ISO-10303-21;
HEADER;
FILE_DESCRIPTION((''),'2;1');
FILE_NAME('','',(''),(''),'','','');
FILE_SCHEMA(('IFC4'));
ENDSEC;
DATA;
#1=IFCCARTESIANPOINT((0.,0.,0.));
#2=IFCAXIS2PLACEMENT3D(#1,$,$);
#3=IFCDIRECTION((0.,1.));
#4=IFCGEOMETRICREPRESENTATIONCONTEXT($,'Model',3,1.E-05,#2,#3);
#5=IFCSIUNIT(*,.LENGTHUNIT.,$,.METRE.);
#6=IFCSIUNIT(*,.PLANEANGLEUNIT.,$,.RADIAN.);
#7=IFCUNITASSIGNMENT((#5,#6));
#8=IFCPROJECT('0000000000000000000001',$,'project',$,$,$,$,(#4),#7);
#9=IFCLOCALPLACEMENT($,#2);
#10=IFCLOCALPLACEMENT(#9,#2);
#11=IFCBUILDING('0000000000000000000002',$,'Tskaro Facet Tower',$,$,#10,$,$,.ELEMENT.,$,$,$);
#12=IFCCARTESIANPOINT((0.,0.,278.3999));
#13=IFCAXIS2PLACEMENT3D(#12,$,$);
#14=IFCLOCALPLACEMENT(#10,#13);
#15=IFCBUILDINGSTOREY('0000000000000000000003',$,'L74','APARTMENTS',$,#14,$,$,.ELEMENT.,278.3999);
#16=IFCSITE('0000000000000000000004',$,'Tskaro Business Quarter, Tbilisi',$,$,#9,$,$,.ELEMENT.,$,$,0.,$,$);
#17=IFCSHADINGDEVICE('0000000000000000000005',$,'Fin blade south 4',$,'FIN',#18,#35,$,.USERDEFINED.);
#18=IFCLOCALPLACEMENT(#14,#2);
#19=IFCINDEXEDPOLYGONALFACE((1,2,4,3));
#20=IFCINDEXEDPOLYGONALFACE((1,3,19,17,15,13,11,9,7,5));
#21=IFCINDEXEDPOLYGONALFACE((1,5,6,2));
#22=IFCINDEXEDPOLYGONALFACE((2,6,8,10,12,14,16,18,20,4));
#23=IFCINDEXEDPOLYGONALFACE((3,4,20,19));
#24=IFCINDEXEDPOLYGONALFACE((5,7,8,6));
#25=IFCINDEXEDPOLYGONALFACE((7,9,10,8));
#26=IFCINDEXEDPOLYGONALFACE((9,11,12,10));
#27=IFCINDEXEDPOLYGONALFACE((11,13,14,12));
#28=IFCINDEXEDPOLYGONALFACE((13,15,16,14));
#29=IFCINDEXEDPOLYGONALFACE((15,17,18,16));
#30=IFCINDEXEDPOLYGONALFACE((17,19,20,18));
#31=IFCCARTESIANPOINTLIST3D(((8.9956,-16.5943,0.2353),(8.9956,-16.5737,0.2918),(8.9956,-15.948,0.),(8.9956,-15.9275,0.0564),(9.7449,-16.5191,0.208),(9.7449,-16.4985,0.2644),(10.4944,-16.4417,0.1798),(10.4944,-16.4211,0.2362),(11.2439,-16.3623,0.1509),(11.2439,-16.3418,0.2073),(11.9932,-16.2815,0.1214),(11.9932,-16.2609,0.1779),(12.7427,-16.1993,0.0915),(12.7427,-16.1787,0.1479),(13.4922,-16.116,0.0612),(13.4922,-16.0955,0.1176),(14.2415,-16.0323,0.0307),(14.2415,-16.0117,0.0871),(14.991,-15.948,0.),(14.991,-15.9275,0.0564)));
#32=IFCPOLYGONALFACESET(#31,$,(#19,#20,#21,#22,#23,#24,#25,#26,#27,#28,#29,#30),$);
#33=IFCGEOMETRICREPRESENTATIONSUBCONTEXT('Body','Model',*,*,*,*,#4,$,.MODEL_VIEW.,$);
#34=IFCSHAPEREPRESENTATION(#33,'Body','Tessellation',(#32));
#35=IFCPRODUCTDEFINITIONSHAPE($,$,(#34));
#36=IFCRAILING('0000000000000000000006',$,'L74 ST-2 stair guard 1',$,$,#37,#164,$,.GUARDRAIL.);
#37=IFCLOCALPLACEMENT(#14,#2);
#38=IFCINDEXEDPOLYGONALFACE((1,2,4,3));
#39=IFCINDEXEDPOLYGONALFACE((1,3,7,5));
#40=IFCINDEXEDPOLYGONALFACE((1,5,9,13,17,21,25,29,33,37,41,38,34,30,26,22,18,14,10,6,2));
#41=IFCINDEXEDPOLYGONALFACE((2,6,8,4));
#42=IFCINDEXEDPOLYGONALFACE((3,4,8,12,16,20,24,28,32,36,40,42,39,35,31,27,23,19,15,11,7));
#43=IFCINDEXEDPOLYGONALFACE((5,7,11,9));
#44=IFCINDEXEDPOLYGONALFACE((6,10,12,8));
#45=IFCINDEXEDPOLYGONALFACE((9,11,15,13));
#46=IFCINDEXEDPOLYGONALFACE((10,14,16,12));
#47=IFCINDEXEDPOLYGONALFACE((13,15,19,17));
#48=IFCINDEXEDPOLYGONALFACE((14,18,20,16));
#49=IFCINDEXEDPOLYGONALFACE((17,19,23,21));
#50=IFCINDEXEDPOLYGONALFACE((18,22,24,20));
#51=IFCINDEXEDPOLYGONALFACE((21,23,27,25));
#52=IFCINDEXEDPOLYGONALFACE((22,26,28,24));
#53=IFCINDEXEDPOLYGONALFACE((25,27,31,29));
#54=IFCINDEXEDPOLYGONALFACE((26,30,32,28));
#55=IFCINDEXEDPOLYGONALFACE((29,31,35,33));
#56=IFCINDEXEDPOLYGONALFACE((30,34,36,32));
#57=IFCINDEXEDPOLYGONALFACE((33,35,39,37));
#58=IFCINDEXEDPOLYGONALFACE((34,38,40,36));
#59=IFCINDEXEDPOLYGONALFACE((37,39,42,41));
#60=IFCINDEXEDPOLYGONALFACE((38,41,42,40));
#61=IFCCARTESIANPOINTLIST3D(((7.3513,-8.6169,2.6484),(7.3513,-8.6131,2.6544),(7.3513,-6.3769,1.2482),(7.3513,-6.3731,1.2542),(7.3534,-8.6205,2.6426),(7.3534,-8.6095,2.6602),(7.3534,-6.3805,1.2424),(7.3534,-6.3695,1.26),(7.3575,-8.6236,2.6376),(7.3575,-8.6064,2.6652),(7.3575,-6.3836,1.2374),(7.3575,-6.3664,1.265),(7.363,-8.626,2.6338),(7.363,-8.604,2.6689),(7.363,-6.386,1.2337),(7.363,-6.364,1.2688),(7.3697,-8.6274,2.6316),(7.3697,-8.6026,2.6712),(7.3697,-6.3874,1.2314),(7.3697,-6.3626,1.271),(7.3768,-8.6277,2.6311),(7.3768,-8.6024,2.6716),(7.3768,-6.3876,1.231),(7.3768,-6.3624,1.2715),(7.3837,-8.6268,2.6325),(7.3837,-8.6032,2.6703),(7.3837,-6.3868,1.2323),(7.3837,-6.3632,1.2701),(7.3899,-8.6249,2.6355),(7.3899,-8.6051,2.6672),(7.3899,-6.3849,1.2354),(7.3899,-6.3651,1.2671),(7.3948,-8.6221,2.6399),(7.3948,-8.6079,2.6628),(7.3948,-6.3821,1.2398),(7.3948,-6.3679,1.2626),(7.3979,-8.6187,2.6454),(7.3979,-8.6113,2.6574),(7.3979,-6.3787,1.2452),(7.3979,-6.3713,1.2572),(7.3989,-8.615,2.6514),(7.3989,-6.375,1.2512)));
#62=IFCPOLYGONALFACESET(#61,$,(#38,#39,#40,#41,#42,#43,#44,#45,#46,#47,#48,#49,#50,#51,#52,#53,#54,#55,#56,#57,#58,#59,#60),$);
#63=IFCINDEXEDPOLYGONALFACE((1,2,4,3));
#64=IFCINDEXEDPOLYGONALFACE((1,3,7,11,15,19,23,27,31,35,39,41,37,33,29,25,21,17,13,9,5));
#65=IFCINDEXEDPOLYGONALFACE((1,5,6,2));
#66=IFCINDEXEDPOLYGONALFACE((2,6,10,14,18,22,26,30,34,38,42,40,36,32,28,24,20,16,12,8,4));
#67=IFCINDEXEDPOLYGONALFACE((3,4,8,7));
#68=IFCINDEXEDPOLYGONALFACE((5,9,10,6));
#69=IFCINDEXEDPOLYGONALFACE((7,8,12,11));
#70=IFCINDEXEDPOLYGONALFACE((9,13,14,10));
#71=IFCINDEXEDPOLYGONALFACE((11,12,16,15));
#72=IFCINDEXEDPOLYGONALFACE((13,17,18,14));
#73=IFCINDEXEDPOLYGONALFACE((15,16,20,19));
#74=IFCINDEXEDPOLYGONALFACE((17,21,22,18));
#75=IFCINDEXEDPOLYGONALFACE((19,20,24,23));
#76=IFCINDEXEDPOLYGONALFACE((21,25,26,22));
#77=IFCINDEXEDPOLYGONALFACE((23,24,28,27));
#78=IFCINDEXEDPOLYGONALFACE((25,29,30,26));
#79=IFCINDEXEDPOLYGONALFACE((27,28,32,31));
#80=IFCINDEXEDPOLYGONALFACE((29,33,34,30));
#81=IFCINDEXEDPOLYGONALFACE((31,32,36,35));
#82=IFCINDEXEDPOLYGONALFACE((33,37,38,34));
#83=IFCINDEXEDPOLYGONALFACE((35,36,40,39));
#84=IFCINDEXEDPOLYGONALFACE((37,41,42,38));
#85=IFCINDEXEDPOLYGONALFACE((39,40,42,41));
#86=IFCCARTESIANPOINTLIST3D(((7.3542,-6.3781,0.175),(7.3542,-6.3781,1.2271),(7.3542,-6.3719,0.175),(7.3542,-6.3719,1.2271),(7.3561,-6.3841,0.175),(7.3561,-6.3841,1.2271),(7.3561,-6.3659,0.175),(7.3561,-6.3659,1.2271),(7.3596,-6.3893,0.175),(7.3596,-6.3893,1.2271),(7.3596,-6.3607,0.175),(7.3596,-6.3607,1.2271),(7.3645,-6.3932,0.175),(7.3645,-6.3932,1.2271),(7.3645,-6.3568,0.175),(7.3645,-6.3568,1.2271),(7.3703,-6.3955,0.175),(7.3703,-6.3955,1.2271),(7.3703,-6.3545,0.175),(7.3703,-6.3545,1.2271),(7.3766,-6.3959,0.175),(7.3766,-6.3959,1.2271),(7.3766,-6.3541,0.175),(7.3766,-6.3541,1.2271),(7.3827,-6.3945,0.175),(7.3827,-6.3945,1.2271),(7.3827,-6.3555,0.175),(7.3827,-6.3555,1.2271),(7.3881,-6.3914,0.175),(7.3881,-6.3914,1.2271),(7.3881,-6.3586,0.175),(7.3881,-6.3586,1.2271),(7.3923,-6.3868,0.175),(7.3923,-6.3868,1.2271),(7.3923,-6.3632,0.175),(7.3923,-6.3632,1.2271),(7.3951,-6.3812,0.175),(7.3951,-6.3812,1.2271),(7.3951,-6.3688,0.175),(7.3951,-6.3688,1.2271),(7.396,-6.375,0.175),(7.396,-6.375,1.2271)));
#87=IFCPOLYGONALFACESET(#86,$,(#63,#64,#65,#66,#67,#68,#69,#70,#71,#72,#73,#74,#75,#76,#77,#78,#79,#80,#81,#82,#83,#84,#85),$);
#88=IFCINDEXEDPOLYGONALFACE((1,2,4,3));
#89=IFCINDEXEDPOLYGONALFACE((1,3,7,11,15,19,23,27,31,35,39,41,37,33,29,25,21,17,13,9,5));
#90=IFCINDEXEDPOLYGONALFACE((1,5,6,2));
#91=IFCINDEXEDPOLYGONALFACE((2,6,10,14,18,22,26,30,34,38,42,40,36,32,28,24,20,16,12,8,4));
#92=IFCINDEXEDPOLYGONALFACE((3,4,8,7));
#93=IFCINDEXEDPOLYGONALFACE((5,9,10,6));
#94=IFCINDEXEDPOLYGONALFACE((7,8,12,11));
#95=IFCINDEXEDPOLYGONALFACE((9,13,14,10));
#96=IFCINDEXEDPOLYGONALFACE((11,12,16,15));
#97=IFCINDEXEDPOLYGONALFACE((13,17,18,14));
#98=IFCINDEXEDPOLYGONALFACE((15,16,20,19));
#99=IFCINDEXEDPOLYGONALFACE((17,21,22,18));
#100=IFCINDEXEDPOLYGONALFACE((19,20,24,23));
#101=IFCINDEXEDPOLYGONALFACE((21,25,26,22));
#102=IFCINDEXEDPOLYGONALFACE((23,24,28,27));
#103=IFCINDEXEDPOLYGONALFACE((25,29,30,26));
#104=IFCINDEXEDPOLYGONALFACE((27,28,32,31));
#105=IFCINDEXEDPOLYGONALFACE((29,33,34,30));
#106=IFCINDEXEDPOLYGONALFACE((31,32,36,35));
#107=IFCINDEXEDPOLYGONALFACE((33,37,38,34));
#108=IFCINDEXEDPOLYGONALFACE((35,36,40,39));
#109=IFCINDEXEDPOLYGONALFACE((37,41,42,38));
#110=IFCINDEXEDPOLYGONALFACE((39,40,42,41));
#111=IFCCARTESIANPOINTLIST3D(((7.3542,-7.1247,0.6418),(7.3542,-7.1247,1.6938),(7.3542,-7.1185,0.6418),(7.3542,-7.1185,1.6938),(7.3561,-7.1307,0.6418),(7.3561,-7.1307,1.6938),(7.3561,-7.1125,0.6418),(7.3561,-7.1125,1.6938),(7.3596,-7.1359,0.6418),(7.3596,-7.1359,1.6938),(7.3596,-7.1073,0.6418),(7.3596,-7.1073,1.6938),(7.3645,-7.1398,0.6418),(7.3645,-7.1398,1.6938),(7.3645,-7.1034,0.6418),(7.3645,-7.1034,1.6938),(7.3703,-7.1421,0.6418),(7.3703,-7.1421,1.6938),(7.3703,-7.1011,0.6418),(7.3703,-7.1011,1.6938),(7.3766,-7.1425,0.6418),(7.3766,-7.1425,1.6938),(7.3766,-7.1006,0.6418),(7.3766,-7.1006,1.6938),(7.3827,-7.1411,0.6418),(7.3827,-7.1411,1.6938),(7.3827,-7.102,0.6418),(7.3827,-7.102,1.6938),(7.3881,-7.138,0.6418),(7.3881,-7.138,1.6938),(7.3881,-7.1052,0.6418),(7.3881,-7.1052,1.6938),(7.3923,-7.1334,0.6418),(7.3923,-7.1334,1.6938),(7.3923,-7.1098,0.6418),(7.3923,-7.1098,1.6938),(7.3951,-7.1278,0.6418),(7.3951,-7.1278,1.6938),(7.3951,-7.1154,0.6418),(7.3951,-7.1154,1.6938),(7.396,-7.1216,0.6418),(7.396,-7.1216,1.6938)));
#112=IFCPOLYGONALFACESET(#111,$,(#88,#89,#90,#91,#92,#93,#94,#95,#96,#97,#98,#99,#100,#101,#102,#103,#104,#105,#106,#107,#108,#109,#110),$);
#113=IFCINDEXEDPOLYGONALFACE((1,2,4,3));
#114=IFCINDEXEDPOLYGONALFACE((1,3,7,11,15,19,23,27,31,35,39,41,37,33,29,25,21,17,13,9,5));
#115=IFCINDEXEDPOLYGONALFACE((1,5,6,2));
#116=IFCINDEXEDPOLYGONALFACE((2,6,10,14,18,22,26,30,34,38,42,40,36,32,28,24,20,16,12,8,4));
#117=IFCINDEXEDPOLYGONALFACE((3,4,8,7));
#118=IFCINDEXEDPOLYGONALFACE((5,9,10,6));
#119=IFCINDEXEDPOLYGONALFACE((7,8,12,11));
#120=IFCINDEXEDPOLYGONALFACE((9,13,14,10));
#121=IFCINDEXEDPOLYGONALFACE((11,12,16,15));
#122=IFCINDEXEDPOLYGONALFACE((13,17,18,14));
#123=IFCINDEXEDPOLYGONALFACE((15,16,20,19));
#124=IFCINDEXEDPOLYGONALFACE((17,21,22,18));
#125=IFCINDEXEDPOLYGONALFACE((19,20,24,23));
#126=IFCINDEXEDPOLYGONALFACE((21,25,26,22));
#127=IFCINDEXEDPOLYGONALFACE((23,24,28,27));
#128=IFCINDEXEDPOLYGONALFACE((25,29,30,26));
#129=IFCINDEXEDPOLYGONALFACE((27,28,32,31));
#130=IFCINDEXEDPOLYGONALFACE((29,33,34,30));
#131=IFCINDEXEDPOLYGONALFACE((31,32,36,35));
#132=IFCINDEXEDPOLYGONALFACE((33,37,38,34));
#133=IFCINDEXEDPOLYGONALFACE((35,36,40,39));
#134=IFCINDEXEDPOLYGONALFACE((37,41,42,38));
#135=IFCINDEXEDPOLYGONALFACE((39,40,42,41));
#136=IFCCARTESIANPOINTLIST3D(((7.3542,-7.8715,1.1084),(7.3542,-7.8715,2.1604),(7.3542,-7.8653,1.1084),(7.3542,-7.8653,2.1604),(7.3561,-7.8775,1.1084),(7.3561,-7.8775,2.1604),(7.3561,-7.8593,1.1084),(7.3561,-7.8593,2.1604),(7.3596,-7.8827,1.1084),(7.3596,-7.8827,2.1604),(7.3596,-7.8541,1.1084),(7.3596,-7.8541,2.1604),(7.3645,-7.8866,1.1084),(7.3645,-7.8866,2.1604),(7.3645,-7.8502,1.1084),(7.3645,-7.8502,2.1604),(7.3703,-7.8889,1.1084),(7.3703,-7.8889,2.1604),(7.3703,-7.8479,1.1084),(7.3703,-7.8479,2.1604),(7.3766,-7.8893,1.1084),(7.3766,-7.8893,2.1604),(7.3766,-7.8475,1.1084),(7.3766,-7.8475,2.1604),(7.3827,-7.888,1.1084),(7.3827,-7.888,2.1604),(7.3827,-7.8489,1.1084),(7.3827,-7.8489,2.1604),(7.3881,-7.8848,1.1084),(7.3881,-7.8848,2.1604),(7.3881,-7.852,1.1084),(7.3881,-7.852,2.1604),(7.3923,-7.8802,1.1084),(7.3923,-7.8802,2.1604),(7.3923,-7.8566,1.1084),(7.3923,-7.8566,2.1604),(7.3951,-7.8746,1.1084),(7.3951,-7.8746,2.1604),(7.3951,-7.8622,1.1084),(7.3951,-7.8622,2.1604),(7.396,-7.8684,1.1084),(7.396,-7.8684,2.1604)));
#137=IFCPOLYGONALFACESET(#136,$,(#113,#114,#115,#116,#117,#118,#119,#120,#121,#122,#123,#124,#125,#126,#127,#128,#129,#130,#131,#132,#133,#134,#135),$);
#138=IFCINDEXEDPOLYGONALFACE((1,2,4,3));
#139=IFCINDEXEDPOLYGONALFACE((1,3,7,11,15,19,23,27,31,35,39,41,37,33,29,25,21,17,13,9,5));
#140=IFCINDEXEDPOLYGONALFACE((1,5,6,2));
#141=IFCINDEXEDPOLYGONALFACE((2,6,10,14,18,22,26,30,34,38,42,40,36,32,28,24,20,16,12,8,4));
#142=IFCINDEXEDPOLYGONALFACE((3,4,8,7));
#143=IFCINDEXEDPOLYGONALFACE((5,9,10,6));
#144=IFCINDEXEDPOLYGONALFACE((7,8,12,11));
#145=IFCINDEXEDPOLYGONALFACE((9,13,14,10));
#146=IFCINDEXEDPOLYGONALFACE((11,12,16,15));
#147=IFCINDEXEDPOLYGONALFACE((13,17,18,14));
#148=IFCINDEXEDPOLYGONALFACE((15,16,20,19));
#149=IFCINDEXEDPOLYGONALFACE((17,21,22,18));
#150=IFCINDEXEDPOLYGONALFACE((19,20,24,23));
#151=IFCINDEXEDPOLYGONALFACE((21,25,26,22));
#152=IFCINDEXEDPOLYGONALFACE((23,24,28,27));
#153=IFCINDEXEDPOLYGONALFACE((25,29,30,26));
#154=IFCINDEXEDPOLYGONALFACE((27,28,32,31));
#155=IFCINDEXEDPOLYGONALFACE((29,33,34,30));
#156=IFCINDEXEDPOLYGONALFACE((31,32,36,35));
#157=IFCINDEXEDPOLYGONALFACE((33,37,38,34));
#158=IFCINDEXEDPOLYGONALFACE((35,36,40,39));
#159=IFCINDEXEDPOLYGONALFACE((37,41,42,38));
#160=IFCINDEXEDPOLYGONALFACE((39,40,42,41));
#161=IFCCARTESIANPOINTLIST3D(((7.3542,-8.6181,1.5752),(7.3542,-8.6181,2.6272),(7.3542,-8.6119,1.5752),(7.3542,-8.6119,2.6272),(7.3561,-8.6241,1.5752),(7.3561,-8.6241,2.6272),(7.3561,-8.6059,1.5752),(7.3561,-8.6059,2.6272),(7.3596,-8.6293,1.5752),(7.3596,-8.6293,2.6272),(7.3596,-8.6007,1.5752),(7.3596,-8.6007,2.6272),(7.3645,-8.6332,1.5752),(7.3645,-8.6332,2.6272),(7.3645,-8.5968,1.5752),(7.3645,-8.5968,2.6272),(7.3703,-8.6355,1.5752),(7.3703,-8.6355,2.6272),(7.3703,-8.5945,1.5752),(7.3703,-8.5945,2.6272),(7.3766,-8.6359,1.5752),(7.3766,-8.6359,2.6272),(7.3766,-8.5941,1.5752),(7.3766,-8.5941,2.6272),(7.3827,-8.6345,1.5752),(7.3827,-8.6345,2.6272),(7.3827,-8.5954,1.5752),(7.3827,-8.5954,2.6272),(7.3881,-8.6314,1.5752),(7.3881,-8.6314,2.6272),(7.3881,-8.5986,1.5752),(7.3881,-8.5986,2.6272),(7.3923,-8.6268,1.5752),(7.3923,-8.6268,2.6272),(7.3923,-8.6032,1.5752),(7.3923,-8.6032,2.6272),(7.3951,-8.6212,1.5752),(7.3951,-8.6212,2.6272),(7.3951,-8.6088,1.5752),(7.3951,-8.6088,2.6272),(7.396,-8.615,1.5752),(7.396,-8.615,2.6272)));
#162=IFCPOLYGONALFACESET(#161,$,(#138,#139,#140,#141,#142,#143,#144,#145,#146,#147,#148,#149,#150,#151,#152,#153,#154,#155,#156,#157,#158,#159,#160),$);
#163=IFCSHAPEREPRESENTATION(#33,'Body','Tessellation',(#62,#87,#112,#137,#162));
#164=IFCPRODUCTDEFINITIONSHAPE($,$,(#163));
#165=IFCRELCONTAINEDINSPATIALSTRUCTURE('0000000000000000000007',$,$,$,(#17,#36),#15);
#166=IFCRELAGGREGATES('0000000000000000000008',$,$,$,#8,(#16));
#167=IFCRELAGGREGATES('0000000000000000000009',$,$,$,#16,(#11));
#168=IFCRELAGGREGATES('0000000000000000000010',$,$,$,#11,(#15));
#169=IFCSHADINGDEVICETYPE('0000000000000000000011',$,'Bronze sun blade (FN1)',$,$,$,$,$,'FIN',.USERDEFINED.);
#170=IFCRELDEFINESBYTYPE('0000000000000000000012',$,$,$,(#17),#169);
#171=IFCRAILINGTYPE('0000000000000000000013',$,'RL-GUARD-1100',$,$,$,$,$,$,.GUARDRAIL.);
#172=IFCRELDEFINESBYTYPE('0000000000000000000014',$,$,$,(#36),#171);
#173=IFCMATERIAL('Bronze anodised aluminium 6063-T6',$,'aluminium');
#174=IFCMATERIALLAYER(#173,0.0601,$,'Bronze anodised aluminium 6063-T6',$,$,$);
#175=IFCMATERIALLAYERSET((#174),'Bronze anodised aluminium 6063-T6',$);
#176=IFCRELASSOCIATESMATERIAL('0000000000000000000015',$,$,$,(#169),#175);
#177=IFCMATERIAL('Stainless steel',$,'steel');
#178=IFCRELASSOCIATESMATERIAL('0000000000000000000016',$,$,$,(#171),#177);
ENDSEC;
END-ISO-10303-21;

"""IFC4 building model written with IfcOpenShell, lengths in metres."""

from ifc_helpers import new_model, si_unit, direction, frame, origin, origin_2d, place, context, subcontext, project, spatial, polyline, circle, outline, extrude, material, layer, layer_set, type_object, element, save


model = new_model("IFC4")

# Units and contexts
model_context = context("Model", 3, precision=1e-05, world=origin(), true_north=direction((0.0, 1.0)))
body_context = subcontext(model_context, "Body", "Model", "MODEL_VIEW")
ifc_project = project(units=[si_unit("LENGTHUNIT", "METRE"), si_unit("PLANEANGLEUNIT", "RADIAN")], contexts=[model_context])

# Site, building, storey
site_placement = place(None, origin())
site = spatial("IfcSite", under=ifc_project, at=site_placement, Name="Tskaro Business Quarter, Tbilisi", CompositionType="ELEMENT", RefElevation=0.0)
building_placement = place(site_placement, origin())
building = spatial("IfcBuilding", under=site, at=building_placement, Name="Tskaro Facet Tower", CompositionType="ELEMENT")
storey_placement = place(building_placement, frame((0.0, 0.0, 278.3999)))
storey = spatial("IfcBuildingStorey", under=building, at=storey_placement, Name="L74", Description="APARTMENTS", CompositionType="ELEMENT", Elevation=278.3999)

# Shared definitions
ifc_material_1 = material(Name="Bronze anodised aluminium 6063-T6", Category="aluminium")

# Shading device
ifc_layer_1 = layer(ifc_material_1, 0.0601, Name="Bronze anodised aluminium 6063-T6")
ifc_layer_set_1 = layer_set([ifc_layer_1], Name="Bronze anodised aluminium 6063-T6")
shading_device_type = type_object("IfcShadingDeviceType", Name="Bronze sun blade (FN1)", ElementType="FIN", PredefinedType="USERDEFINED", material=ifc_layer_set_1)
shading_device_1_placement = place(storey_placement, frame((8.9956, -15.9275, 0.0564), z_axis=(-0.000003, 0.342225, 0.939618), x_axis=(1.0, 0.000001, 0.000003)))
element("IfcShadingDevice", 1, at=shading_device_1_placement, inside=storey, type_object=shading_device_type, Name="Fin blade south 4", ObjectType="FIN", PredefinedType="USERDEFINED", context=body_context, shape_type="SweptSolid", body=[
    extrude(outline(polyline([(0.0, 0.0), (5.9954, 0.0), (5.2458, -0.0897), (4.4966, -0.1788), (3.7471, -0.2674), (2.9976, -0.3549), (2.2483, -0.4409), (1.4988, -0.5253), (0.7493, -0.6077), (0.0, -0.6878), (0.0, 0.0)])), origin(), (0.0, 0.0, -1.0), 0.0601),
])

# Railing
ifc_material_2 = material(Name="Stainless steel", Category="steel")
railing_type_1 = type_object("IfcRailingType", Name="RL-GUARD-1100", PredefinedType="GUARDRAIL", material=ifc_material_2)
railing_1_placement = place(storey_placement, frame((7.375, -6.375, 0.175)))
element("IfcRailing", 2, at=railing_1_placement, inside=storey, type_object=railing_type_1, Name="L74 ST-2 stair guard 1", PredefinedType="GUARDRAIL", context=body_context, shape_type="SweptSolid", body=[
    extrude(circle(Radius=0.0239, at=origin_2d()), frame((0.0, 0.0, 1.0762), z_axis=(0.0, -0.847972, 0.53004), x_axis=(1.0, 0.0, 0.0)), (0.0, 0.0, 1.0), 2.6416),
    extrude(circle(Radius=0.021, at=origin_2d()), origin(), (0.0, 0.0, 1.0), 1.052),
    extrude(circle(Radius=0.021, at=origin_2d()), frame((0.0, -0.7466, 0.4668)), (0.0, 0.0, 1.0), 1.052),
    extrude(circle(Radius=0.021, at=origin_2d()), frame((0.0, -1.4934, 0.9333)), (0.0, 0.0, 1.0), 1.052),
    extrude(circle(Radius=0.021, at=origin_2d()), frame((0.0, -2.24, 1.4001)), (0.0, 0.0, 1.0), 1.052),
])

save(model, "model.ifc")
